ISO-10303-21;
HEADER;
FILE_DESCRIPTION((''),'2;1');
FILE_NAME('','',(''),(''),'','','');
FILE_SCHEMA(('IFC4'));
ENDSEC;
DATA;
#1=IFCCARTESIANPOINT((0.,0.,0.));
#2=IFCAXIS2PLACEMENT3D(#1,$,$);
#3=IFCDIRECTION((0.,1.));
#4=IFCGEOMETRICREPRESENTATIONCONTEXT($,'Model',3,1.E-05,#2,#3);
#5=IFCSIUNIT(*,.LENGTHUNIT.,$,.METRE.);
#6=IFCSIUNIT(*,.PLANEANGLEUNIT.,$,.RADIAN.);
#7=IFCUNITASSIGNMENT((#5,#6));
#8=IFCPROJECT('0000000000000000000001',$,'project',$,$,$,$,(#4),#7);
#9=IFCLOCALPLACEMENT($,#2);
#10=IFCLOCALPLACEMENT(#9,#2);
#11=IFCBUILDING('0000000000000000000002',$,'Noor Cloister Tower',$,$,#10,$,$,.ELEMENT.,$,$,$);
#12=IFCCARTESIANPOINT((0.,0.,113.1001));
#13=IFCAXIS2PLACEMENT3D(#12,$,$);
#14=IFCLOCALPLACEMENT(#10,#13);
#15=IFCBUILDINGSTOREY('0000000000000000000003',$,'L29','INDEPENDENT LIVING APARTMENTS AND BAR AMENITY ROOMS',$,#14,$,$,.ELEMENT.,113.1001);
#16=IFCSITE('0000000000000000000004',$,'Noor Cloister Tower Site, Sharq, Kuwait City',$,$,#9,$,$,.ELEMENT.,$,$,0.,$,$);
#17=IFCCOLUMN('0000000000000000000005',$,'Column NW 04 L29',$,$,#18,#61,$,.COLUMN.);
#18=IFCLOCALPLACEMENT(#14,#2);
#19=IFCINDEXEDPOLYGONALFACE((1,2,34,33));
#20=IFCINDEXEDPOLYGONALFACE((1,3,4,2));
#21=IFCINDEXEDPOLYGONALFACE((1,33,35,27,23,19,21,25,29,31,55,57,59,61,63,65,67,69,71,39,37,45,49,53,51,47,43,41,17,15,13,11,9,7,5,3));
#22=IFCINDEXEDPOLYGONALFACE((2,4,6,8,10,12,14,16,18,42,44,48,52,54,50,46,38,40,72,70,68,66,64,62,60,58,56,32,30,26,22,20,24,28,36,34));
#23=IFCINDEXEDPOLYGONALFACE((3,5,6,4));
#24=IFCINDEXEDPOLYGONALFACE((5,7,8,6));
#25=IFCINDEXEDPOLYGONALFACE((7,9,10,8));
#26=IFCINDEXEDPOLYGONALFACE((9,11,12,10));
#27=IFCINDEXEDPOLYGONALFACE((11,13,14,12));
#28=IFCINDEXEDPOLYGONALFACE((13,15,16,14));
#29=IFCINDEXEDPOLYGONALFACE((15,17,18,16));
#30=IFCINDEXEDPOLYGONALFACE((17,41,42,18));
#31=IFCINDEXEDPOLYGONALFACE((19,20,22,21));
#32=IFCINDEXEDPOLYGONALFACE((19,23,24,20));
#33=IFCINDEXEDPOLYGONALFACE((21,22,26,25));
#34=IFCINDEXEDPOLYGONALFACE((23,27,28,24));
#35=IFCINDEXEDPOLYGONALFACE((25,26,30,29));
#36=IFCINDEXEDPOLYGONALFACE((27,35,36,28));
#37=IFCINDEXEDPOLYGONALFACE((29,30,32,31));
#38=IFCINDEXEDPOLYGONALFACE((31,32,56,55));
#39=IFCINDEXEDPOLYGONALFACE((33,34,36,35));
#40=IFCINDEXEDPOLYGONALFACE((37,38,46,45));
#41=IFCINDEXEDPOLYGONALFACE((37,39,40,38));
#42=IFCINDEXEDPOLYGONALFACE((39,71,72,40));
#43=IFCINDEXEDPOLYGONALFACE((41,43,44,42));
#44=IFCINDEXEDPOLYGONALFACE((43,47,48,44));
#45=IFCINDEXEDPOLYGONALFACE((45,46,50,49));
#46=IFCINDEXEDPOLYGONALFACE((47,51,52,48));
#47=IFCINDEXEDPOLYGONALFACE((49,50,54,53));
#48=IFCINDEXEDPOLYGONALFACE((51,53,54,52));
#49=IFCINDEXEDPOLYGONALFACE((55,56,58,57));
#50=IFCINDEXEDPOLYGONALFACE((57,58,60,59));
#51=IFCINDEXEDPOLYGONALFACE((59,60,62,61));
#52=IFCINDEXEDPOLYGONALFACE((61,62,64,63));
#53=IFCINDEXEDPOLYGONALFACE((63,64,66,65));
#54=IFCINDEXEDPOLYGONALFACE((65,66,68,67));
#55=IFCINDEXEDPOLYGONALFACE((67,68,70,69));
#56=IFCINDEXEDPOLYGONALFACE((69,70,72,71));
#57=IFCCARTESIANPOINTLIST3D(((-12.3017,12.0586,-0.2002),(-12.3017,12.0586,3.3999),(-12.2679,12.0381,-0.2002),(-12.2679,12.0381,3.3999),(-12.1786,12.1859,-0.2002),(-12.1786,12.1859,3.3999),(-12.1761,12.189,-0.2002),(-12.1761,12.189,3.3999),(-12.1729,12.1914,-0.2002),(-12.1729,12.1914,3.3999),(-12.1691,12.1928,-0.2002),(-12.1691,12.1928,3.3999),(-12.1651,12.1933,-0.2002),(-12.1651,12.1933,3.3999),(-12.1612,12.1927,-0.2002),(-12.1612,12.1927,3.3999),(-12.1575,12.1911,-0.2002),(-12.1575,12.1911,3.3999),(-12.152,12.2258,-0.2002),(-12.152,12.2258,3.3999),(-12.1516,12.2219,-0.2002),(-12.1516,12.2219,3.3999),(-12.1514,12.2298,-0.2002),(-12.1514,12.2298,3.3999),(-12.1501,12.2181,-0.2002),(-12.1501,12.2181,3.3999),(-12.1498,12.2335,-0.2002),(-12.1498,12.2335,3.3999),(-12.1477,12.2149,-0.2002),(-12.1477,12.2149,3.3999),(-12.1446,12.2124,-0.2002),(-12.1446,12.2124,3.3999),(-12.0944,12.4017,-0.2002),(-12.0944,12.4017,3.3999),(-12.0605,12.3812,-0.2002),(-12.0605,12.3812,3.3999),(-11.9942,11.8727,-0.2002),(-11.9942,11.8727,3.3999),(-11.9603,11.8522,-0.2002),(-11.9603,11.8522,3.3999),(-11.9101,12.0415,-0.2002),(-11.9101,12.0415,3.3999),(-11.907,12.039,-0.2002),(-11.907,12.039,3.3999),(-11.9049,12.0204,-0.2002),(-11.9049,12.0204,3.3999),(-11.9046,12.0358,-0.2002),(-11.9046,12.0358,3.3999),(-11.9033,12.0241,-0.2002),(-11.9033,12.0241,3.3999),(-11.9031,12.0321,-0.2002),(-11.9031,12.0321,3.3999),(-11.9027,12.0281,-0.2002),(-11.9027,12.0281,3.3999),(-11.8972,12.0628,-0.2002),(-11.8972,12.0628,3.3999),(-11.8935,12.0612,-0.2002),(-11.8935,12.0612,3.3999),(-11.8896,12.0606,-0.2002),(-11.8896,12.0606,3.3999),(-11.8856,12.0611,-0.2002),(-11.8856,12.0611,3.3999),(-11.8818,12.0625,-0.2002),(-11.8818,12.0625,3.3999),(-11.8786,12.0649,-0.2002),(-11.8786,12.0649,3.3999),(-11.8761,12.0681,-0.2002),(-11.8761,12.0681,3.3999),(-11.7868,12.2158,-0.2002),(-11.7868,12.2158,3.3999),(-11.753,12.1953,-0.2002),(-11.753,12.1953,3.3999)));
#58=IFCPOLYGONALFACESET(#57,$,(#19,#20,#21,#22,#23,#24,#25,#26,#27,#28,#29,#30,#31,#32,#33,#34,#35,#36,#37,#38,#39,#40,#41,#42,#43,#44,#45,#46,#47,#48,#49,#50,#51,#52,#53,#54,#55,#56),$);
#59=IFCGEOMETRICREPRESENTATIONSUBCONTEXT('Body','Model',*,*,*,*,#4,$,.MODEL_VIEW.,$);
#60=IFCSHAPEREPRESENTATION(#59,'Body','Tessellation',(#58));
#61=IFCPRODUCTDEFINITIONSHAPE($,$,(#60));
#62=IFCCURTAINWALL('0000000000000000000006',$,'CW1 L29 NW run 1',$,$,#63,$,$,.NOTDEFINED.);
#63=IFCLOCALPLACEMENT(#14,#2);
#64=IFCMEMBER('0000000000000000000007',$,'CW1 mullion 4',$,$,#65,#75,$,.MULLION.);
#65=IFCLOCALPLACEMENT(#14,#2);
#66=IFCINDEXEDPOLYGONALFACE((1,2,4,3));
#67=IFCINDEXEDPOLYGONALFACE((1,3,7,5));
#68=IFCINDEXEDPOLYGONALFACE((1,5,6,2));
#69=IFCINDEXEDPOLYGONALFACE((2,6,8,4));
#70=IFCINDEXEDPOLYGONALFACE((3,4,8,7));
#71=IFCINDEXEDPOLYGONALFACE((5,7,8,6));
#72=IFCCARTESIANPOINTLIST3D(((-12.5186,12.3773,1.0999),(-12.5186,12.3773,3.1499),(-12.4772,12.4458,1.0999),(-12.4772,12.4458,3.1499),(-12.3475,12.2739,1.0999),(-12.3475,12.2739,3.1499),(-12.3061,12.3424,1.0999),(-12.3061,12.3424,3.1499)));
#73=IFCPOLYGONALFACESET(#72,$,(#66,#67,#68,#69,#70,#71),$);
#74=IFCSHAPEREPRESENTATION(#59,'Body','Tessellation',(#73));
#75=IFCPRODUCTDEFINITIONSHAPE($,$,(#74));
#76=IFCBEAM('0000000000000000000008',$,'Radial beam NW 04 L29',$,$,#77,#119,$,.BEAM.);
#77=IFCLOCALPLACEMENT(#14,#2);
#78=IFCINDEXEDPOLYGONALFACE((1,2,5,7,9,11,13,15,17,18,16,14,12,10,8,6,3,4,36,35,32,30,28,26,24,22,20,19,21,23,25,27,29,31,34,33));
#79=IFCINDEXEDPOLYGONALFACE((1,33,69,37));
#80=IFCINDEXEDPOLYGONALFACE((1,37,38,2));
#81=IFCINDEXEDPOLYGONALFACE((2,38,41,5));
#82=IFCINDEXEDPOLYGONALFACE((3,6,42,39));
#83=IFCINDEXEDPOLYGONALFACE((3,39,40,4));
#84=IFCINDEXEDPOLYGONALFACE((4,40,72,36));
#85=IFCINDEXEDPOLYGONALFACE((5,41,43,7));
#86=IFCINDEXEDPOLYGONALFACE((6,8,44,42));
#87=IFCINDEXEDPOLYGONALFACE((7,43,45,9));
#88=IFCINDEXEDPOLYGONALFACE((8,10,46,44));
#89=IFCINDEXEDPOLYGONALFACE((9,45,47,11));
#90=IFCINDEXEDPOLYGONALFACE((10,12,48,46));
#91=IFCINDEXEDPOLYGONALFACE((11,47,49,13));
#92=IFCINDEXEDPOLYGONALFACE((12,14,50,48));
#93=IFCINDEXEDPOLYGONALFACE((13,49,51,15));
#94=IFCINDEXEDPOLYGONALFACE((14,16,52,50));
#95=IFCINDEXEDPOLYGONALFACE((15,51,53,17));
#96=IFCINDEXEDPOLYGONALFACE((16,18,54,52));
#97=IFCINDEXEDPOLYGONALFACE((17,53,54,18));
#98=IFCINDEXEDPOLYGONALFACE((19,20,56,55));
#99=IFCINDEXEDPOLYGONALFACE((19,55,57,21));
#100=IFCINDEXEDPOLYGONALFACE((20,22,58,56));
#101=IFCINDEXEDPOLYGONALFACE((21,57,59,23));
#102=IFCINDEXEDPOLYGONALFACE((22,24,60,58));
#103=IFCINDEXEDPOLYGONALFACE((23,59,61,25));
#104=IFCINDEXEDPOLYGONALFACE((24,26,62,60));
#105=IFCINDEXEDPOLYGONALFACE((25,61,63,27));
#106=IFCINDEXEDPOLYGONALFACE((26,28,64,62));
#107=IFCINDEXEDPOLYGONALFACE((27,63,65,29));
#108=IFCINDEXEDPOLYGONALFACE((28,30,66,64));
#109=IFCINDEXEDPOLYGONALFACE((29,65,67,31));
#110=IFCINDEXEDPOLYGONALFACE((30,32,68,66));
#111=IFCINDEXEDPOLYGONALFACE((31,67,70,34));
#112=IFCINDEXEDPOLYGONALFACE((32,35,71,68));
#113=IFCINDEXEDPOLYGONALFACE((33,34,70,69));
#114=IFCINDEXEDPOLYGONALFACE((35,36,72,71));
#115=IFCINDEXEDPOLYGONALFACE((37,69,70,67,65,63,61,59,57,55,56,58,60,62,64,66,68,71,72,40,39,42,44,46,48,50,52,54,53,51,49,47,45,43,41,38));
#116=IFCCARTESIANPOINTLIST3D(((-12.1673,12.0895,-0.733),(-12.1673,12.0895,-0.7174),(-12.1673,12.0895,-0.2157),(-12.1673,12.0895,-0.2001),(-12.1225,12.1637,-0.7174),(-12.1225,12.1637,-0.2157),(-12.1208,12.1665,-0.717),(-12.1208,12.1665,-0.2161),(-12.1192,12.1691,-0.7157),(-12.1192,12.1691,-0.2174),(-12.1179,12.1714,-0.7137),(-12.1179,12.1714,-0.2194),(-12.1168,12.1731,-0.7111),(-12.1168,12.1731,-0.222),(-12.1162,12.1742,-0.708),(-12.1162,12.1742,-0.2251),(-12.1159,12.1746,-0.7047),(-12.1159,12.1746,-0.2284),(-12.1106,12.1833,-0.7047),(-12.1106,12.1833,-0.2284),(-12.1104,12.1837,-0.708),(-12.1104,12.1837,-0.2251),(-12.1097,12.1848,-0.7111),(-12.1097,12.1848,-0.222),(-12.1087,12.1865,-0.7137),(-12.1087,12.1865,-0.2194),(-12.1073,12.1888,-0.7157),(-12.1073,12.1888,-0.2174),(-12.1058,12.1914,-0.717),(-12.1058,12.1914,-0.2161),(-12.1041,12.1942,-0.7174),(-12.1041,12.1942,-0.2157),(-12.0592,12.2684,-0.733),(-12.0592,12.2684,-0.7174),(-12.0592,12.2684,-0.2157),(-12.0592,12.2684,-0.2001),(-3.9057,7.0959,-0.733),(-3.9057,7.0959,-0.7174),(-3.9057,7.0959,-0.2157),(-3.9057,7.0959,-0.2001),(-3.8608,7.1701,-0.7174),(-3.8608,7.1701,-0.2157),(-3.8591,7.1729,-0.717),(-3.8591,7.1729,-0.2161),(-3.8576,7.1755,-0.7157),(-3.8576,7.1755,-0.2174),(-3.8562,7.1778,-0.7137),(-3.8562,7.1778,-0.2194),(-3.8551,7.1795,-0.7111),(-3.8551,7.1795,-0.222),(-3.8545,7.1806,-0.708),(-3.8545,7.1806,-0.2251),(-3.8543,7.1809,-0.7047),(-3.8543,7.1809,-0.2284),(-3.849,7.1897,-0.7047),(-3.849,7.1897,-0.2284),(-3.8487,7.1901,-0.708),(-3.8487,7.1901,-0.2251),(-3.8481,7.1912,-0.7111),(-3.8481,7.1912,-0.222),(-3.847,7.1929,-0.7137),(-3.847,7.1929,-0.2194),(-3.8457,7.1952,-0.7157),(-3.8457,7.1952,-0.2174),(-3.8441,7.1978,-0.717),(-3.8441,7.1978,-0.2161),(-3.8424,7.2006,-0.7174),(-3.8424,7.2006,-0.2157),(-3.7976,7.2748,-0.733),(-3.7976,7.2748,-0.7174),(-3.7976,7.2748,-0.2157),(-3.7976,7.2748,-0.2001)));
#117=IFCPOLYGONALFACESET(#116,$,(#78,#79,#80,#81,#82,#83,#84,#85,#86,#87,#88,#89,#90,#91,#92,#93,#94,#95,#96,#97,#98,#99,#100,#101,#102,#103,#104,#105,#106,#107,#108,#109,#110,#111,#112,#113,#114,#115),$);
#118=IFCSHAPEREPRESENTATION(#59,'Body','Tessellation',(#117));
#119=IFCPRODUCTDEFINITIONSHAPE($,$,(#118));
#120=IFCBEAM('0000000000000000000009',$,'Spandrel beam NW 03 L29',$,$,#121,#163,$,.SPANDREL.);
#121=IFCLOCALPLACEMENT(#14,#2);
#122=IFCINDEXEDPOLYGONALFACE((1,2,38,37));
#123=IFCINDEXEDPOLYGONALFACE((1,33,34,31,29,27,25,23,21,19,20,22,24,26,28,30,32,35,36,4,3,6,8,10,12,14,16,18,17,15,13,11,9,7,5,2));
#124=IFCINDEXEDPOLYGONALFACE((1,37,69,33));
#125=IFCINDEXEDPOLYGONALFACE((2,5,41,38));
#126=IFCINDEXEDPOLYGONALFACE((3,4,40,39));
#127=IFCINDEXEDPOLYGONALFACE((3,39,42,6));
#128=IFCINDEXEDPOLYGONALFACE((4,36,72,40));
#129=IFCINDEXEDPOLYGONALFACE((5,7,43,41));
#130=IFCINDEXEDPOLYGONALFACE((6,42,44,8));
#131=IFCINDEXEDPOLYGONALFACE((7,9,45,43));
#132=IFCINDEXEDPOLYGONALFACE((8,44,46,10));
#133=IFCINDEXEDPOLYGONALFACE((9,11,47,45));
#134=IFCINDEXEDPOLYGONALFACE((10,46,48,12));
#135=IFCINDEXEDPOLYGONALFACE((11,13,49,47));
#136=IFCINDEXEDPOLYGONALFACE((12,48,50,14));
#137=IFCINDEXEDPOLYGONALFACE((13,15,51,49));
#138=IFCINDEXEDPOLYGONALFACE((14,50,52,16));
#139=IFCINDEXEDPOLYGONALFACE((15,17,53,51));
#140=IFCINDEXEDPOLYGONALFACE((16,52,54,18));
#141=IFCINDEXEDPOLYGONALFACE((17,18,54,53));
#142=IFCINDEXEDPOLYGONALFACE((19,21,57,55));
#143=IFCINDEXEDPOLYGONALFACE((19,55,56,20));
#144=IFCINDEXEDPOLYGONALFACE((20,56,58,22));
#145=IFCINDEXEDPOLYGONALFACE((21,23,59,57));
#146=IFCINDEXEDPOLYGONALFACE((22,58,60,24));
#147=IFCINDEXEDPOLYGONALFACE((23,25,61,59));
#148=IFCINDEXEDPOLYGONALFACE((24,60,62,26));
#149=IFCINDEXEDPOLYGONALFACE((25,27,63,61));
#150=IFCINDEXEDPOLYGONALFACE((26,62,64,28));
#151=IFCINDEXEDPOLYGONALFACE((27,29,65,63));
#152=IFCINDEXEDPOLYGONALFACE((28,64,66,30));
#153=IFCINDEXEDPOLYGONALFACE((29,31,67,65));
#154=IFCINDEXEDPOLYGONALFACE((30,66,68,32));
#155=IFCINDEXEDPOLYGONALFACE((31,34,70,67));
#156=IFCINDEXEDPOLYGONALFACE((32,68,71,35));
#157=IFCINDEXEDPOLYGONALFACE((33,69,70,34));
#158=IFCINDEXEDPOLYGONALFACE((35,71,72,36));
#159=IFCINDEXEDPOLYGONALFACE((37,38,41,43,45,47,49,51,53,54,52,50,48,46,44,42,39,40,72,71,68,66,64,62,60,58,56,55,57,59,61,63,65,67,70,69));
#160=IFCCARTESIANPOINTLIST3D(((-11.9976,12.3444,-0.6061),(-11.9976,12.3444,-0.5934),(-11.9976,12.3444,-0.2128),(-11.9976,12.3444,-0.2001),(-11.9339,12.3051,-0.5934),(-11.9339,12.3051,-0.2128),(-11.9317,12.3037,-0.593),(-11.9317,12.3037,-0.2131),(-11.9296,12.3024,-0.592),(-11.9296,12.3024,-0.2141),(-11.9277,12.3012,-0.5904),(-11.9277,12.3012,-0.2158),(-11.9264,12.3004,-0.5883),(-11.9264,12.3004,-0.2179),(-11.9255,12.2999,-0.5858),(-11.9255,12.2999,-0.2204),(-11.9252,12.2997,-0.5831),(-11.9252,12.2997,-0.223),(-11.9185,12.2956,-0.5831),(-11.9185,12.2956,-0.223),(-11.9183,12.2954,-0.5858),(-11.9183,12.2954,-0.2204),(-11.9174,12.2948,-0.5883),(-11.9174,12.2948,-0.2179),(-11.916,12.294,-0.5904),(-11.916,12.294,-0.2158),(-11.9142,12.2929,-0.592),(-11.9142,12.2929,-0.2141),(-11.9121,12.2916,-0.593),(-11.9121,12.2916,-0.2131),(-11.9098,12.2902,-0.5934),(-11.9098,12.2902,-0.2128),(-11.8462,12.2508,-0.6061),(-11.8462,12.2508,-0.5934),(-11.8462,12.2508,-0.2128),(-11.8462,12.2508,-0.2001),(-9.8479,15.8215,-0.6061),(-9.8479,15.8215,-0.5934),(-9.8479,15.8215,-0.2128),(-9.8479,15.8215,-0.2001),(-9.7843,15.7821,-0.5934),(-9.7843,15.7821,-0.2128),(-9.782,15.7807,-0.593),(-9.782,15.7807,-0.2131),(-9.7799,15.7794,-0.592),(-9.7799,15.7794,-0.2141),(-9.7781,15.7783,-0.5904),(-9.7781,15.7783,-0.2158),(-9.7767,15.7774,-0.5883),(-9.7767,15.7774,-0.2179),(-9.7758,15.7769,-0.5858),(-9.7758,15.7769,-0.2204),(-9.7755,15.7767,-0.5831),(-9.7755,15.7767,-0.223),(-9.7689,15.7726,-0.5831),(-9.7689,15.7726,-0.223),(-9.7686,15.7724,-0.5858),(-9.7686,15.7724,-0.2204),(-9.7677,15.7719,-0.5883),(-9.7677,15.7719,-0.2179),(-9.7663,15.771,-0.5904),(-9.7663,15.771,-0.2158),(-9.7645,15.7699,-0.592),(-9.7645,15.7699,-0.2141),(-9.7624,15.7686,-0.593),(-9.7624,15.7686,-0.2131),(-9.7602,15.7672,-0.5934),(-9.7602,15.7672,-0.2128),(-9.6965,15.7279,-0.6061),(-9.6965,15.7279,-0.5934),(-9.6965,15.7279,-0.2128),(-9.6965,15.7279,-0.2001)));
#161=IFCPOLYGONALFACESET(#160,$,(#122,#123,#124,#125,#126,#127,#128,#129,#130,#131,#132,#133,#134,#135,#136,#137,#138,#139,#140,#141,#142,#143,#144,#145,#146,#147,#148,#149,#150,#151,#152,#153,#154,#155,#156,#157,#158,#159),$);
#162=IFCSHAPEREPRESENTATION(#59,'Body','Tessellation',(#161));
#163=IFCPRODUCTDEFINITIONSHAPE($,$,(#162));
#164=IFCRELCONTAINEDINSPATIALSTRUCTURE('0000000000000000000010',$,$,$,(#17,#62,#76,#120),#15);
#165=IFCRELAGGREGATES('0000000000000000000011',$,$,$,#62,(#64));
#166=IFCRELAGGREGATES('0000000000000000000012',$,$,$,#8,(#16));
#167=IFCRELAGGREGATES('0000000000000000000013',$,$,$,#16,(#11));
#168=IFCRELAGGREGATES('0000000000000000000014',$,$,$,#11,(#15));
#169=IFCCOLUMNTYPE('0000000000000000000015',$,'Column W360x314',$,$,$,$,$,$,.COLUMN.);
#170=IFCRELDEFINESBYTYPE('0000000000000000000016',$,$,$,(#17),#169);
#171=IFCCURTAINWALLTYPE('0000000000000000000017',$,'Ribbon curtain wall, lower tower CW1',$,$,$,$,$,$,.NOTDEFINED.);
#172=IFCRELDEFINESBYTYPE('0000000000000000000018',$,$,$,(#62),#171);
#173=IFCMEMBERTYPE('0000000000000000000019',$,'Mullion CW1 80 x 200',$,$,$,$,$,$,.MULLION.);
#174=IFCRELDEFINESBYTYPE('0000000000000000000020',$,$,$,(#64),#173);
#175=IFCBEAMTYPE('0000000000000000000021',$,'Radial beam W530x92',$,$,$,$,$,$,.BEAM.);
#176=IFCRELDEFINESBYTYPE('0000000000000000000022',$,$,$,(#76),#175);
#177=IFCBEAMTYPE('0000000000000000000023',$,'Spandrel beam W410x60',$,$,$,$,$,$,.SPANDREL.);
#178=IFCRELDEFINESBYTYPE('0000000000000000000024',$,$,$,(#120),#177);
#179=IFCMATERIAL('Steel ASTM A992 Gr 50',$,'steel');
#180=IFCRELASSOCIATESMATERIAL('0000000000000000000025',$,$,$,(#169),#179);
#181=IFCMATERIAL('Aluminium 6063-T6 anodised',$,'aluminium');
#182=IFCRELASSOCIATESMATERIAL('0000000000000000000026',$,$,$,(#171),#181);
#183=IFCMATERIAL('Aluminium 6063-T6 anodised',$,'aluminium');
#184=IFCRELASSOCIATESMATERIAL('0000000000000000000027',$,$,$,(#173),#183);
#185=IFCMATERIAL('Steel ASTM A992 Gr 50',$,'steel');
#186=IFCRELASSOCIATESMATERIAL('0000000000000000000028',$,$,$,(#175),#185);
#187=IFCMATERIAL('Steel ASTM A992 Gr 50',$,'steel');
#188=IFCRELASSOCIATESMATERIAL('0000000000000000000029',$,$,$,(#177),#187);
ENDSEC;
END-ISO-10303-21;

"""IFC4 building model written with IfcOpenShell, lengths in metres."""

from ifc_helpers import new_model, si_unit, direction, frame, origin, origin_2d, place, context, subcontext, project, spatial, rectangle, i_section, extrude, material, material_profile, profile_set, type_object, element, aggregate, save


model = new_model("IFC4")

# Units and contexts
model_context = context("Model", 3, precision=1e-05, world=origin(), true_north=direction((0.0, 1.0)))
body_context = subcontext(model_context, "Body", "Model", "MODEL_VIEW")
ifc_project = project(units=[si_unit("LENGTHUNIT", "METRE"), si_unit("PLANEANGLEUNIT", "RADIAN")], contexts=[model_context])

# Site, building, storey
site_placement = place(None, origin())
site = spatial("IfcSite", under=ifc_project, at=site_placement, Name="Noor Cloister Tower Site, Sharq, Kuwait City", CompositionType="ELEMENT", RefElevation=0.0)
building_placement = place(site_placement, origin())
building = spatial("IfcBuilding", under=site, at=building_placement, Name="Noor Cloister Tower", CompositionType="ELEMENT")
storey_placement = place(building_placement, frame((0.0, 0.0, 113.1001)))
storey = spatial("IfcBuildingStorey", under=building, at=storey_placement, Name="L29", Description="INDEPENDENT LIVING APARTMENTS AND BAR AMENITY ROOMS", CompositionType="ELEMENT", Elevation=113.1001)

# Column
ifc_material_1 = material(Name="Steel ASTM A992 Gr 50", Category="steel")
ifc_material_profile_1 = material_profile(ifc_material_1, i_section(OverallWidth=0.4009, OverallDepth=0.3989, WebThickness=0.0249, FlangeThickness=0.0396, FilletRadius=0.0154, at=origin_2d()), Name="W360x314")
ifc_profile_set_1 = profile_set([ifc_material_profile_1], Name="Steel ASTM A992 Gr 50")
column_type = type_object("IfcColumnType", Name="Column W360x314", PredefinedType="COLUMN", material=ifc_profile_set_1)
column_placement = place(storey_placement, frame((-12.0273, 12.127, -0.2002), z_axis=(0.0, 0.0, 1.0), x_axis=(-0.517287, -0.855812, 0.0)))
element("IfcColumn", 1, at=column_placement, inside=storey, type_object=column_type, Name="Column NW 04 L29", PredefinedType="COLUMN", context=body_context, shape_type="SweptSolid", body=[
    extrude(i_section(OverallWidth=0.4009, OverallDepth=0.3989, WebThickness=0.0249, FlangeThickness=0.0396, FilletRadius=0.0154, at=origin_2d()), origin(), (0.0, 0.0, 1.0), 3.6001),
])

# Curtain wall, member
ifc_material_2 = material(Name="Aluminium 6063-T6 anodised", Category="aluminium")
curtain_wall_type = type_object("IfcCurtainWallType", Name="Ribbon curtain wall, lower tower CW1", PredefinedType="NOTDEFINED", material=ifc_material_2)
curtain_wall_placement = place(storey_placement, origin())
curtain_wall = element("IfcCurtainWall", 2, at=curtain_wall_placement, inside=storey, type_object=curtain_wall_type, Name="CW1 L29 NW run 1", PredefinedType="NOTDEFINED")
ifc_material_3 = material(Name="Aluminium 6063-T6 anodised", Category="aluminium")
ifc_material_profile_2 = material_profile(ifc_material_3, rectangle(XDim=0.2, YDim=0.0801, at=origin_2d()), Name="200 x 80 mullion")
ifc_profile_set_2 = profile_set([ifc_material_profile_2], Name="Aluminium 6063-T6 anodised")
member_type = type_object("IfcMemberType", Name="Mullion CW1 80 x 200", PredefinedType="MULLION", material=ifc_profile_set_2)
member_placement = place(storey_placement, frame((-12.4124, 12.3599, 1.0999), z_axis=(0.0, 0.0, 1.0), x_axis=(0.855812, -0.517287, 0.0)))
member = element("IfcMember", 3, at=member_placement, type_object=member_type, Name="CW1 mullion 4", PredefinedType="MULLION", context=body_context, shape_type="SweptSolid", body=[
    extrude(rectangle(XDim=0.2, YDim=0.0801, at=origin_2d()), origin(), (0.0, 0.0, 1.0), 2.05),
])

# Beams
ifc_material_4 = material(Name="Steel ASTM A992 Gr 50", Category="steel")
ifc_material_profile_3 = material_profile(ifc_material_4, i_section(OverallWidth=0.209, OverallDepth=0.533, WebThickness=0.0103, FlangeThickness=0.0156, FilletRadius=0.0127, at=origin_2d()), Name="W530x92")
ifc_profile_set_3 = profile_set([ifc_material_profile_3], Name="Steel ASTM A992 Gr 50")
beam_type_1 = type_object("IfcBeamType", Name="Radial beam W530x92", PredefinedType="BEAM", material=ifc_profile_set_3)
beam_placement = place(storey_placement, frame((-12.1133, 12.179, -0.4666), z_axis=(0.855815, -0.517282, 0.0), x_axis=(0.517282, 0.855815, 0.0)))
element("IfcBeam", 4, at=beam_placement, inside=storey, type_object=beam_type_1, Name="Radial beam NW 04 L29", PredefinedType="BEAM", context=body_context, shape_type="SweptSolid", body=[
    extrude(i_section(OverallWidth=0.209, OverallDepth=0.533, WebThickness=0.0103, FlangeThickness=0.0156, FilletRadius=0.0127, at=origin_2d()), origin(), (0.0, 0.0, 1.0), 9.6536),
])
ifc_material_5 = material(Name="Steel ASTM A992 Gr 50", Category="steel")
ifc_material_profile_4 = material_profile(ifc_material_5, i_section(OverallWidth=0.178, OverallDepth=0.406, WebThickness=0.0078, FlangeThickness=0.0127, FilletRadius=0.0103, at=origin_2d()), Name="W410x60")
ifc_profile_set_4 = profile_set([ifc_material_profile_4], Name="Steel ASTM A992 Gr 50")
beam_type_2 = type_object("IfcBeamType", Name="Spandrel beam W410x60", PredefinedType="SPANDREL", material=ifc_profile_set_4)
for number, where, z_axis, x_axis, name in (
    (5, (-9.7722, 15.7747, -0.4031), (-0.525859, -0.850572, 0.0), (0.850572, -0.525859, 0.0), "Spandrel beam NW 03 L29"),
):
    element("IfcBeam", number, at=place(storey_placement, frame(where, z_axis=z_axis, x_axis=x_axis)), inside=storey, type_object=beam_type_2, Name=name, PredefinedType="SPANDREL", context=body_context, shape_type="SweptSolid", body=[
        extrude(i_section(OverallWidth=0.178, OverallDepth=0.406, WebThickness=0.0078, FlangeThickness=0.0127, FilletRadius=0.0103, at=origin_2d()), origin(), (0.0, 0.0, 1.0), 4.0879),
    ])

aggregate(curtain_wall, [member])

save(model, "model.ifc")
